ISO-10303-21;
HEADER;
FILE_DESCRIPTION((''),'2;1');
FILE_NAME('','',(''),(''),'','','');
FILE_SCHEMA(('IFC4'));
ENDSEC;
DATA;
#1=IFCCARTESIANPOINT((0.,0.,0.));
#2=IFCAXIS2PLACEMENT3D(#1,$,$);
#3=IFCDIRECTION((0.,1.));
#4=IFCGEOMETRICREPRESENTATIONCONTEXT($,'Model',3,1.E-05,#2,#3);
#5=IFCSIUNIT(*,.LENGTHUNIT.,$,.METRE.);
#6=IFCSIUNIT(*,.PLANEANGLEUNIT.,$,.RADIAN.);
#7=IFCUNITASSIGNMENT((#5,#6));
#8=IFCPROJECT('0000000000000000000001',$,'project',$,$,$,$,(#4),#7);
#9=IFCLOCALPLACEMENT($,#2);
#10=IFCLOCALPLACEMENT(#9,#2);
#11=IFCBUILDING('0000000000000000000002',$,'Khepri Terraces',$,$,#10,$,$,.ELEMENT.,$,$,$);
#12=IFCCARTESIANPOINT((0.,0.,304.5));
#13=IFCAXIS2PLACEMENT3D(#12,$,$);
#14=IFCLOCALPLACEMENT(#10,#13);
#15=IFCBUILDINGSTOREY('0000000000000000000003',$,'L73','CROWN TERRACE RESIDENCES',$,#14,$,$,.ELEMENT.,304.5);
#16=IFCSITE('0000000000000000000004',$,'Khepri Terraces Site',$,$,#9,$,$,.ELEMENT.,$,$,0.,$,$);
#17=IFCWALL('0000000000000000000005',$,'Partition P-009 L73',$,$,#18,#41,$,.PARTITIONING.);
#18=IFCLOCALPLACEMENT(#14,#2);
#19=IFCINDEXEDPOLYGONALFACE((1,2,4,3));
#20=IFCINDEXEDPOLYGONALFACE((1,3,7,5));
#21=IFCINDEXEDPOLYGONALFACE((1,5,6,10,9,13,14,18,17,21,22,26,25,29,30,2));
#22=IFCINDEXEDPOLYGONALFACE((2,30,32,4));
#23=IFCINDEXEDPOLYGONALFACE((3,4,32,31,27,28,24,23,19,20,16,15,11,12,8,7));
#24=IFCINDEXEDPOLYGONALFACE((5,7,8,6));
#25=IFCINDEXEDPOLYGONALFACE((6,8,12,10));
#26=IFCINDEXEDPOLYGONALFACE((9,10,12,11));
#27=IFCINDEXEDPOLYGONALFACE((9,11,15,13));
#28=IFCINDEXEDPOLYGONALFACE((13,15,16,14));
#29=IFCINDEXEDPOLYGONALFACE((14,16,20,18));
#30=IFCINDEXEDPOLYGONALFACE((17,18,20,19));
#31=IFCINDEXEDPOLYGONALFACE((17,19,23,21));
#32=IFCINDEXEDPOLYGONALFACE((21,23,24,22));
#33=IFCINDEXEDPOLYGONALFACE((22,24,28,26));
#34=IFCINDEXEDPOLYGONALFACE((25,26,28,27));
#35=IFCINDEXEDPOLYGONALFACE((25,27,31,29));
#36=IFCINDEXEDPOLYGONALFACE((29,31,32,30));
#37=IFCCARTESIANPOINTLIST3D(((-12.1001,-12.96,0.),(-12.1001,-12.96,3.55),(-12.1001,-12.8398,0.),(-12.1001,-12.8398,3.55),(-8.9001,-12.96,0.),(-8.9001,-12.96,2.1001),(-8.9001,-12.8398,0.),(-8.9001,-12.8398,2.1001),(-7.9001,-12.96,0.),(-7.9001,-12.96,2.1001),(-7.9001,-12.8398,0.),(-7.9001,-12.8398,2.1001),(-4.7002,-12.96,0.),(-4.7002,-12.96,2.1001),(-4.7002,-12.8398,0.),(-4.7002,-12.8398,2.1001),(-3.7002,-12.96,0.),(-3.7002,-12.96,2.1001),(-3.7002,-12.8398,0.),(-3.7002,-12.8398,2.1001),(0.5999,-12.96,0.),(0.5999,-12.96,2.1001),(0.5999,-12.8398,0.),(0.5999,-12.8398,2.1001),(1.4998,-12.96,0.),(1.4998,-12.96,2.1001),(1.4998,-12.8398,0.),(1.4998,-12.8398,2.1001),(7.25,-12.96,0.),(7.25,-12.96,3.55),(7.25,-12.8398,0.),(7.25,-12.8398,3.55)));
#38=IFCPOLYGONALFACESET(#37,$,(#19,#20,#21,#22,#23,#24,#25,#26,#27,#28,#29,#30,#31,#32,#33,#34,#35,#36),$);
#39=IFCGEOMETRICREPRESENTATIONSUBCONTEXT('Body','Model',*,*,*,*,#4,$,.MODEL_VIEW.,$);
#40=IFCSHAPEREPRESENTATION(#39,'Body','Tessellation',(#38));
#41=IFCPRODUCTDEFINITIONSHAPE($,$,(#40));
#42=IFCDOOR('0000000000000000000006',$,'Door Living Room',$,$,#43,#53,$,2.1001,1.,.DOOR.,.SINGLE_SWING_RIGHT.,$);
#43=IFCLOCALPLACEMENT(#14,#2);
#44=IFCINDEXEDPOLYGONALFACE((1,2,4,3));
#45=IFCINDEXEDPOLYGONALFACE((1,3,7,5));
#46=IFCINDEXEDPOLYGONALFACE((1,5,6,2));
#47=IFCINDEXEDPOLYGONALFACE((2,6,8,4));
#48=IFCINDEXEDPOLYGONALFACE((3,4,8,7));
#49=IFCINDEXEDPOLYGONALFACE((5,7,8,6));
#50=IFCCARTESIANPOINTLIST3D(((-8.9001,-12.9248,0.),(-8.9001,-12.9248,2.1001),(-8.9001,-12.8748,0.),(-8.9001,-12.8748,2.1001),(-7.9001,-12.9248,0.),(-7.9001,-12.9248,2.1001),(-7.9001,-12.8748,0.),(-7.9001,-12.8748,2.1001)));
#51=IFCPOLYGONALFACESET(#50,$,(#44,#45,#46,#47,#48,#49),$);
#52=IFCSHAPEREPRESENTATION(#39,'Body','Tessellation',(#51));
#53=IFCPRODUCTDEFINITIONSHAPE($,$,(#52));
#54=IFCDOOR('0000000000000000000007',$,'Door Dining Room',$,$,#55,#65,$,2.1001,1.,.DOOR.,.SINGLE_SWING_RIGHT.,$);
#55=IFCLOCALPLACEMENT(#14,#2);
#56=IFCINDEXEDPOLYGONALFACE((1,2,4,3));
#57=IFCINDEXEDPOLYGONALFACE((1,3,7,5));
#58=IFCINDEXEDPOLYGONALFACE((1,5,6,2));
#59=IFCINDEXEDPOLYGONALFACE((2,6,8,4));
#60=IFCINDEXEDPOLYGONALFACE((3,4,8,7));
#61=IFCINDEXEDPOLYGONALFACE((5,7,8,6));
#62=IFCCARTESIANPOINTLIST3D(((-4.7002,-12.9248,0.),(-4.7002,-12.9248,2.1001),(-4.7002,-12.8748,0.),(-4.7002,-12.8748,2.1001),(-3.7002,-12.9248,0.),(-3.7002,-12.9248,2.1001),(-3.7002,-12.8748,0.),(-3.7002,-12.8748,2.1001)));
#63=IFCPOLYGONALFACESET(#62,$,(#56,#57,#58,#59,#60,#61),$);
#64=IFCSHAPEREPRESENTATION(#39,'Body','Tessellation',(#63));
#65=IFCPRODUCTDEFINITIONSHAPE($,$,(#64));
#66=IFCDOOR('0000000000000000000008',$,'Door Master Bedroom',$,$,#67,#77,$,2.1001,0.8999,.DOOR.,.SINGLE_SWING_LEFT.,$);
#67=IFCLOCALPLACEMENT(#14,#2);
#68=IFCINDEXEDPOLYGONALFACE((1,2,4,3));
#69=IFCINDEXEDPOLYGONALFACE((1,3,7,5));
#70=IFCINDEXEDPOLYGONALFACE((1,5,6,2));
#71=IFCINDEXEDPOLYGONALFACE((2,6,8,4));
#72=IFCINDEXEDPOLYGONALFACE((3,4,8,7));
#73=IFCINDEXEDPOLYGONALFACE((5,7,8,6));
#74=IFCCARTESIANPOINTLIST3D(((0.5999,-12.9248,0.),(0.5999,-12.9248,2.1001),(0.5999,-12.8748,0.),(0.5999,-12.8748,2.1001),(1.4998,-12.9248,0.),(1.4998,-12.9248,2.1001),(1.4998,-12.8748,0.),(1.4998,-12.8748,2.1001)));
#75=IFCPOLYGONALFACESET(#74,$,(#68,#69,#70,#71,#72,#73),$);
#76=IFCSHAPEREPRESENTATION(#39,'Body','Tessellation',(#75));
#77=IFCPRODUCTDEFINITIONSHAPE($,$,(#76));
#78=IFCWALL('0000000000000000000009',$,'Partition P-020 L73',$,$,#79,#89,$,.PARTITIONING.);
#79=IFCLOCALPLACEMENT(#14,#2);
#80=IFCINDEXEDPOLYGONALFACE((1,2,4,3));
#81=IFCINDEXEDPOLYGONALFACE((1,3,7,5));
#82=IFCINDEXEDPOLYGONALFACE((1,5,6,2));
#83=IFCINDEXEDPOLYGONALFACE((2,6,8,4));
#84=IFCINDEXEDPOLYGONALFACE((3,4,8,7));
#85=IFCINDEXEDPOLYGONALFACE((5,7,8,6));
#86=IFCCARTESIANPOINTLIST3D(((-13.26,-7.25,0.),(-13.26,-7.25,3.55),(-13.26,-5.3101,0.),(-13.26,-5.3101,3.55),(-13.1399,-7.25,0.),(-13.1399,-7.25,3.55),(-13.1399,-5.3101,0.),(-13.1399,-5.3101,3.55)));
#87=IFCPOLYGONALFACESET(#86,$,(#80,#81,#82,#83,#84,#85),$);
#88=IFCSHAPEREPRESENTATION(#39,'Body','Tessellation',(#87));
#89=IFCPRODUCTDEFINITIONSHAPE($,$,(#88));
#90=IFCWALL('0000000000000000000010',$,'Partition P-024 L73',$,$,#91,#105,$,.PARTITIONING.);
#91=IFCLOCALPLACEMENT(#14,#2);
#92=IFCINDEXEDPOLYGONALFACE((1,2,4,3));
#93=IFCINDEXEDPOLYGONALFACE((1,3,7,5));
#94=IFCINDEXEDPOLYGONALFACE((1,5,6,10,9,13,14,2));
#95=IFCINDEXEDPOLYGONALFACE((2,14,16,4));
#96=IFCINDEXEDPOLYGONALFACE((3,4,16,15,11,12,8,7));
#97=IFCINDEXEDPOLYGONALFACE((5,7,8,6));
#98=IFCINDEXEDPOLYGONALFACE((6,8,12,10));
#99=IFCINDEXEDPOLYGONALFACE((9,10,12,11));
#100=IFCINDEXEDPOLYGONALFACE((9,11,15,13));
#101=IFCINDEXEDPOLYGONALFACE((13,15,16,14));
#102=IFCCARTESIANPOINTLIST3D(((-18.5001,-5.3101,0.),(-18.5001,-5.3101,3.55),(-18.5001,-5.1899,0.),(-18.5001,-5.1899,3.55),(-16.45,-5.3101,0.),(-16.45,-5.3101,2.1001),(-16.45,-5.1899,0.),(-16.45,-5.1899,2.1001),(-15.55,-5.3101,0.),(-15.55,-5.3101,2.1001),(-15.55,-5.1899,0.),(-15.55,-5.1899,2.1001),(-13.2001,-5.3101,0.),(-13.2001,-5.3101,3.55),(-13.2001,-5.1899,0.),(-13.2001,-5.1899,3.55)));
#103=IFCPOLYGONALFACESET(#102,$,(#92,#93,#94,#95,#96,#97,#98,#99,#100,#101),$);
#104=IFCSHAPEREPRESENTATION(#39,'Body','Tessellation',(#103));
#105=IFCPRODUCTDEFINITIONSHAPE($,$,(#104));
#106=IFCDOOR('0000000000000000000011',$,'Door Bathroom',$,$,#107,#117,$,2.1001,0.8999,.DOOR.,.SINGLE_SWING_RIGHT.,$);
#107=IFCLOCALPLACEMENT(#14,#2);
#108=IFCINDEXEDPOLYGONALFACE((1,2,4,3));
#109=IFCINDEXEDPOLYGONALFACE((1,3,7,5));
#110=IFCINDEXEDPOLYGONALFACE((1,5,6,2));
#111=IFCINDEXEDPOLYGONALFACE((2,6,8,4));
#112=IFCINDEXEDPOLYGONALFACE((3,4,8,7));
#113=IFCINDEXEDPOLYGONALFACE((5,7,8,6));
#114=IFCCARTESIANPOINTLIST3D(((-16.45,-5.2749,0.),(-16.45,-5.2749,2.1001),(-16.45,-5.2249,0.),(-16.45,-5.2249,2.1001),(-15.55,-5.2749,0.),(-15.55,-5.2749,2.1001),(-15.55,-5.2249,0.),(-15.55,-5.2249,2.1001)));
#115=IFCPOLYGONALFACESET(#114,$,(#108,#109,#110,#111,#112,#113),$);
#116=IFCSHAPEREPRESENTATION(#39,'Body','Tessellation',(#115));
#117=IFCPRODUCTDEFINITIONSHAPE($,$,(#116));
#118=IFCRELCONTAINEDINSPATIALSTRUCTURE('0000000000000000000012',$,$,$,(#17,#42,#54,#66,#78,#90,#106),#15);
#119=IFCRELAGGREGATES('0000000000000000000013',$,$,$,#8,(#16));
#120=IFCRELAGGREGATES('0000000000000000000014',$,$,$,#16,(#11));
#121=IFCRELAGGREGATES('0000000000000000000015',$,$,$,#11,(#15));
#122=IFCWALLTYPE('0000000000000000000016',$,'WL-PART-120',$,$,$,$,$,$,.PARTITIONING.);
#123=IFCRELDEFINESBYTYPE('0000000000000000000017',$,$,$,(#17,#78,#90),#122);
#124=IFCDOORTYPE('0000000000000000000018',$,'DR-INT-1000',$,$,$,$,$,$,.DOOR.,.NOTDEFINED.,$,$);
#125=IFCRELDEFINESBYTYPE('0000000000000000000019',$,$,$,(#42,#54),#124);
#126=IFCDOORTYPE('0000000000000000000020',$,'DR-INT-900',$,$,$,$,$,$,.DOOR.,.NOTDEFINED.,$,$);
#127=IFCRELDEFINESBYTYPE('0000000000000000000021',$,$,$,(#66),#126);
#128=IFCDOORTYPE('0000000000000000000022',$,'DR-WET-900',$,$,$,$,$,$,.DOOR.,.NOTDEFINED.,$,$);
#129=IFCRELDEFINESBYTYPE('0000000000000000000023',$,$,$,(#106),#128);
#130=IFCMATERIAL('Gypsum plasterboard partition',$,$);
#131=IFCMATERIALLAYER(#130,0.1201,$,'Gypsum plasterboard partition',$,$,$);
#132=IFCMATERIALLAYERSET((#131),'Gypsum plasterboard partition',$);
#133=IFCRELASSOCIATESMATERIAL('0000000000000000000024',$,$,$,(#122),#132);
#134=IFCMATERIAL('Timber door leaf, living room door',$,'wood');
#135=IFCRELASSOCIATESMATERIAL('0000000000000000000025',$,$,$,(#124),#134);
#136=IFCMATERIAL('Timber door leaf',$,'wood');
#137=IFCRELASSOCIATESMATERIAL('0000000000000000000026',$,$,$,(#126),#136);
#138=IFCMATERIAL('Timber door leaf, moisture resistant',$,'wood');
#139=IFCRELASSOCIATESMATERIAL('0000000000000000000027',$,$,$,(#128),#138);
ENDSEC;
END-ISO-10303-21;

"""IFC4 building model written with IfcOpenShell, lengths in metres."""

from ifc_helpers import new_model, si_unit, direction, frame, frame_2d, origin, place, context, subcontext, project, spatial, rectangle, extrude, material, layer, layer_set, type_object, element, fill, save


model = new_model("IFC4")

# Units and contexts
model_context = context("Model", 3, precision=1e-05, world=origin(), true_north=direction((0.0, 1.0)))
body_context = subcontext(model_context, "Body", "Model", "MODEL_VIEW")
ifc_project = project(units=[si_unit("LENGTHUNIT", "METRE"), si_unit("PLANEANGLEUNIT", "RADIAN")], contexts=[model_context])

# Site, building, storey
site_placement = place(None, origin())
site = spatial("IfcSite", under=ifc_project, at=site_placement, Name="Khepri Terraces Site", CompositionType="ELEMENT", RefElevation=0.0)
building_placement = place(site_placement, origin())
building = spatial("IfcBuilding", under=site, at=building_placement, Name="Khepri Terraces", CompositionType="ELEMENT")
storey_placement = place(building_placement, frame((0.0, 0.0, 304.5)))
storey = spatial("IfcBuildingStorey", under=building, at=storey_placement, Name="L73", Description="CROWN TERRACE RESIDENCES", CompositionType="ELEMENT", Elevation=304.5)

# Wall, openings, doors
ifc_material_1 = material(Name="Gypsum plasterboard partition")
ifc_layer_1 = layer(ifc_material_1, 0.1201, Name="Gypsum plasterboard partition")
ifc_layer_set_1 = layer_set([ifc_layer_1], Name="Gypsum plasterboard partition")
wall_type_1 = type_object("IfcWallType", Name="WL-PART-120", PredefinedType="PARTITIONING", material=ifc_layer_set_1)
wall_1_placement = place(storey_placement, frame((-12.1001, -12.8999, 0.0), z_axis=(0.0, 0.0, 1.0), x_axis=(1.0, 0.0, 0.0)))
wall_1 = element("IfcWall", 1, at=wall_1_placement, inside=storey, type_object=wall_type_1, Name="Partition P-009 L73", PredefinedType="PARTITIONING", context=body_context, shape_type="SweptSolid", body=[
    extrude(rectangle(XDim=19.3501, YDim=0.1201, at=frame_2d((9.675, 0.0))), origin(), (0.0, 0.0, 1.0), 3.55),
])
opening_1_placement = place(wall_1_placement, frame((3.2, 0.0, 0.0)))
opening_1 = element("IfcOpeningElement", 2, at=opening_1_placement, cuts=wall_1, PredefinedType="OPENING", context=body_context, shape_type="SweptSolid", body=[
    extrude(rectangle(XDim=1.0, YDim=2.1001, at=frame_2d((0.5, 1.05))), frame((0.0, 0.0701, 0.0), z_axis=(0.0, -1.0, 0.0), x_axis=(1.0, 0.0, 0.0)), (0.0, 0.0, 1.0), 0.1401),
])
opening_2_placement = place(wall_1_placement, frame((7.3999, 0.0, 0.0)))
opening_2 = element("IfcOpeningElement", 3, at=opening_2_placement, cuts=wall_1, PredefinedType="OPENING", context=body_context, shape_type="SweptSolid", body=[
    extrude(rectangle(XDim=1.0, YDim=2.1001, at=frame_2d((0.5, 1.05))), frame((0.0, 0.0701, 0.0), z_axis=(0.0, -1.0, 0.0), x_axis=(1.0, 0.0, 0.0)), (0.0, 0.0, 1.0), 0.1401),
])
opening_3_placement = place(wall_1_placement, frame((12.7, 0.0, 0.0)))
opening_3 = element("IfcOpeningElement", 4, at=opening_3_placement, cuts=wall_1, PredefinedType="OPENING", context=body_context, shape_type="SweptSolid", body=[
    extrude(rectangle(XDim=0.8999, YDim=2.1001, at=frame_2d((0.45, 1.05))), frame((0.0, 0.0701, 0.0), z_axis=(0.0, -1.0, 0.0), x_axis=(1.0, 0.0, 0.0)), (0.0, 0.0, 1.0), 0.1401),
])
ifc_material_2 = material(Name="Timber door leaf, living room door", Category="wood")
door_type_1 = type_object("IfcDoorType", Name="DR-INT-1000", OperationType="NOTDEFINED", PredefinedType="DOOR", material=ifc_material_2)
door_1_placement = place(opening_1_placement, frame((1.0, 0.0, 0.0), z_axis=(0.0, 0.0, 1.0), x_axis=(-1.0, 0.0, 0.0)))
door_1 = element("IfcDoor", 5, at=door_1_placement, inside=storey, type_object=door_type_1, Name="Door Living Room", OperationType="SINGLE_SWING_RIGHT", OverallHeight=2.1001, OverallWidth=1.0, PredefinedType="DOOR", context=body_context, shape_type="SweptSolid", body=[
    extrude(rectangle(XDim=1.0, YDim=2.1001, at=frame_2d((0.5, 1.05))), frame((0.0, 0.0249, 0.0), z_axis=(0.0, -1.0, 0.0), x_axis=(1.0, 0.0, 0.0)), (0.0, 0.0, 1.0), 0.05),
])
fill(opening_1, door_1)
door_2_placement = place(opening_2_placement, frame((1.0, 0.0, 0.0), z_axis=(0.0, 0.0, 1.0), x_axis=(-1.0, 0.0, 0.0)))
door_2 = element("IfcDoor", 6, at=door_2_placement, inside=storey, type_object=door_type_1, Name="Door Dining Room", OperationType="SINGLE_SWING_RIGHT", OverallHeight=2.1001, OverallWidth=1.0, PredefinedType="DOOR", context=body_context, shape_type="SweptSolid", body=[
    extrude(rectangle(XDim=1.0, YDim=2.1001, at=frame_2d((0.5, 1.05))), frame((0.0, 0.0249, 0.0), z_axis=(0.0, -1.0, 0.0), x_axis=(1.0, 0.0, 0.0)), (0.0, 0.0, 1.0), 0.05),
])
fill(opening_2, door_2)
ifc_material_3 = material(Name="Timber door leaf", Category="wood")
door_type_2 = type_object("IfcDoorType", Name="DR-INT-900", OperationType="NOTDEFINED", PredefinedType="DOOR", material=ifc_material_3)
door_3_placement = place(opening_3_placement, frame((0.8999, 0.0, 0.0), z_axis=(0.0, 0.0, 1.0), x_axis=(-1.0, 0.0, 0.0)))
door_3 = element("IfcDoor", 7, at=door_3_placement, inside=storey, type_object=door_type_2, Name="Door Master Bedroom", OperationType="SINGLE_SWING_LEFT", OverallHeight=2.1001, OverallWidth=0.8999, PredefinedType="DOOR", context=body_context, shape_type="SweptSolid", body=[
    extrude(rectangle(XDim=0.8999, YDim=2.1001, at=frame_2d((0.45, 1.05))), frame((0.0, 0.0249, 0.0), z_axis=(0.0, -1.0, 0.0), x_axis=(1.0, 0.0, 0.0)), (0.0, 0.0, 1.0), 0.05),
])
fill(opening_3, door_3)

# Wall
wall_2_placement = place(storey_placement, frame((-13.2, -7.25, 0.0), z_axis=(0.0, 0.0, 1.0), x_axis=(0.0, 1.0, 0.0)))
element("IfcWall", 8, at=wall_2_placement, inside=storey, type_object=wall_type_1, Name="Partition P-020 L73", PredefinedType="PARTITIONING", context=body_context, shape_type="SweptSolid", body=[
    extrude(rectangle(XDim=1.9399, YDim=0.1201, at=frame_2d((0.97, 0.0))), origin(), (0.0, 0.0, 1.0), 3.55),
])

# Wall, opening, door
wall_3_placement = place(storey_placement, frame((-18.5, -5.25, 0.0), z_axis=(0.0, 0.0, 1.0), x_axis=(1.0, 0.0, 0.0)))
wall_3 = element("IfcWall", 9, at=wall_3_placement, inside=storey, type_object=wall_type_1, Name="Partition P-024 L73", PredefinedType="PARTITIONING", context=body_context, shape_type="SweptSolid", body=[
    extrude(rectangle(XDim=5.3, YDim=0.1201, at=frame_2d((2.6499, 0.0))), origin(), (0.0, 0.0, 1.0), 3.55),
])
opening_4_placement = place(wall_3_placement, frame((2.05, 0.0, 0.0)))
opening_4 = element("IfcOpeningElement", 10, at=opening_4_placement, cuts=wall_3, PredefinedType="OPENING", context=body_context, shape_type="SweptSolid", body=[
    extrude(rectangle(XDim=0.8999, YDim=2.1001, at=frame_2d((0.45, 1.05))), frame((0.0, 0.0701, 0.0), z_axis=(0.0, -1.0, 0.0), x_axis=(1.0, 0.0, 0.0)), (0.0, 0.0, 1.0), 0.1401),
])
ifc_material_4 = material(Name="Timber door leaf, moisture resistant", Category="wood")
door_type_3 = type_object("IfcDoorType", Name="DR-WET-900", OperationType="NOTDEFINED", PredefinedType="DOOR", material=ifc_material_4)
door_4_placement = place(opening_4_placement, frame((0.8999, 0.0, 0.0), z_axis=(0.0, 0.0, 1.0), x_axis=(-1.0, 0.0, 0.0)))
door_4 = element("IfcDoor", 11, at=door_4_placement, inside=storey, type_object=door_type_3, Name="Door Bathroom", OperationType="SINGLE_SWING_RIGHT", OverallHeight=2.1001, OverallWidth=0.8999, PredefinedType="DOOR", context=body_context, shape_type="SweptSolid", body=[
    extrude(rectangle(XDim=0.8999, YDim=2.1001, at=frame_2d((0.45, 1.05))), frame((0.0, 0.0249, 0.0), z_axis=(0.0, -1.0, 0.0), x_axis=(1.0, 0.0, 0.0)), (0.0, 0.0, 1.0), 0.05),
])
fill(opening_4, door_4)

save(model, "model.ifc")
